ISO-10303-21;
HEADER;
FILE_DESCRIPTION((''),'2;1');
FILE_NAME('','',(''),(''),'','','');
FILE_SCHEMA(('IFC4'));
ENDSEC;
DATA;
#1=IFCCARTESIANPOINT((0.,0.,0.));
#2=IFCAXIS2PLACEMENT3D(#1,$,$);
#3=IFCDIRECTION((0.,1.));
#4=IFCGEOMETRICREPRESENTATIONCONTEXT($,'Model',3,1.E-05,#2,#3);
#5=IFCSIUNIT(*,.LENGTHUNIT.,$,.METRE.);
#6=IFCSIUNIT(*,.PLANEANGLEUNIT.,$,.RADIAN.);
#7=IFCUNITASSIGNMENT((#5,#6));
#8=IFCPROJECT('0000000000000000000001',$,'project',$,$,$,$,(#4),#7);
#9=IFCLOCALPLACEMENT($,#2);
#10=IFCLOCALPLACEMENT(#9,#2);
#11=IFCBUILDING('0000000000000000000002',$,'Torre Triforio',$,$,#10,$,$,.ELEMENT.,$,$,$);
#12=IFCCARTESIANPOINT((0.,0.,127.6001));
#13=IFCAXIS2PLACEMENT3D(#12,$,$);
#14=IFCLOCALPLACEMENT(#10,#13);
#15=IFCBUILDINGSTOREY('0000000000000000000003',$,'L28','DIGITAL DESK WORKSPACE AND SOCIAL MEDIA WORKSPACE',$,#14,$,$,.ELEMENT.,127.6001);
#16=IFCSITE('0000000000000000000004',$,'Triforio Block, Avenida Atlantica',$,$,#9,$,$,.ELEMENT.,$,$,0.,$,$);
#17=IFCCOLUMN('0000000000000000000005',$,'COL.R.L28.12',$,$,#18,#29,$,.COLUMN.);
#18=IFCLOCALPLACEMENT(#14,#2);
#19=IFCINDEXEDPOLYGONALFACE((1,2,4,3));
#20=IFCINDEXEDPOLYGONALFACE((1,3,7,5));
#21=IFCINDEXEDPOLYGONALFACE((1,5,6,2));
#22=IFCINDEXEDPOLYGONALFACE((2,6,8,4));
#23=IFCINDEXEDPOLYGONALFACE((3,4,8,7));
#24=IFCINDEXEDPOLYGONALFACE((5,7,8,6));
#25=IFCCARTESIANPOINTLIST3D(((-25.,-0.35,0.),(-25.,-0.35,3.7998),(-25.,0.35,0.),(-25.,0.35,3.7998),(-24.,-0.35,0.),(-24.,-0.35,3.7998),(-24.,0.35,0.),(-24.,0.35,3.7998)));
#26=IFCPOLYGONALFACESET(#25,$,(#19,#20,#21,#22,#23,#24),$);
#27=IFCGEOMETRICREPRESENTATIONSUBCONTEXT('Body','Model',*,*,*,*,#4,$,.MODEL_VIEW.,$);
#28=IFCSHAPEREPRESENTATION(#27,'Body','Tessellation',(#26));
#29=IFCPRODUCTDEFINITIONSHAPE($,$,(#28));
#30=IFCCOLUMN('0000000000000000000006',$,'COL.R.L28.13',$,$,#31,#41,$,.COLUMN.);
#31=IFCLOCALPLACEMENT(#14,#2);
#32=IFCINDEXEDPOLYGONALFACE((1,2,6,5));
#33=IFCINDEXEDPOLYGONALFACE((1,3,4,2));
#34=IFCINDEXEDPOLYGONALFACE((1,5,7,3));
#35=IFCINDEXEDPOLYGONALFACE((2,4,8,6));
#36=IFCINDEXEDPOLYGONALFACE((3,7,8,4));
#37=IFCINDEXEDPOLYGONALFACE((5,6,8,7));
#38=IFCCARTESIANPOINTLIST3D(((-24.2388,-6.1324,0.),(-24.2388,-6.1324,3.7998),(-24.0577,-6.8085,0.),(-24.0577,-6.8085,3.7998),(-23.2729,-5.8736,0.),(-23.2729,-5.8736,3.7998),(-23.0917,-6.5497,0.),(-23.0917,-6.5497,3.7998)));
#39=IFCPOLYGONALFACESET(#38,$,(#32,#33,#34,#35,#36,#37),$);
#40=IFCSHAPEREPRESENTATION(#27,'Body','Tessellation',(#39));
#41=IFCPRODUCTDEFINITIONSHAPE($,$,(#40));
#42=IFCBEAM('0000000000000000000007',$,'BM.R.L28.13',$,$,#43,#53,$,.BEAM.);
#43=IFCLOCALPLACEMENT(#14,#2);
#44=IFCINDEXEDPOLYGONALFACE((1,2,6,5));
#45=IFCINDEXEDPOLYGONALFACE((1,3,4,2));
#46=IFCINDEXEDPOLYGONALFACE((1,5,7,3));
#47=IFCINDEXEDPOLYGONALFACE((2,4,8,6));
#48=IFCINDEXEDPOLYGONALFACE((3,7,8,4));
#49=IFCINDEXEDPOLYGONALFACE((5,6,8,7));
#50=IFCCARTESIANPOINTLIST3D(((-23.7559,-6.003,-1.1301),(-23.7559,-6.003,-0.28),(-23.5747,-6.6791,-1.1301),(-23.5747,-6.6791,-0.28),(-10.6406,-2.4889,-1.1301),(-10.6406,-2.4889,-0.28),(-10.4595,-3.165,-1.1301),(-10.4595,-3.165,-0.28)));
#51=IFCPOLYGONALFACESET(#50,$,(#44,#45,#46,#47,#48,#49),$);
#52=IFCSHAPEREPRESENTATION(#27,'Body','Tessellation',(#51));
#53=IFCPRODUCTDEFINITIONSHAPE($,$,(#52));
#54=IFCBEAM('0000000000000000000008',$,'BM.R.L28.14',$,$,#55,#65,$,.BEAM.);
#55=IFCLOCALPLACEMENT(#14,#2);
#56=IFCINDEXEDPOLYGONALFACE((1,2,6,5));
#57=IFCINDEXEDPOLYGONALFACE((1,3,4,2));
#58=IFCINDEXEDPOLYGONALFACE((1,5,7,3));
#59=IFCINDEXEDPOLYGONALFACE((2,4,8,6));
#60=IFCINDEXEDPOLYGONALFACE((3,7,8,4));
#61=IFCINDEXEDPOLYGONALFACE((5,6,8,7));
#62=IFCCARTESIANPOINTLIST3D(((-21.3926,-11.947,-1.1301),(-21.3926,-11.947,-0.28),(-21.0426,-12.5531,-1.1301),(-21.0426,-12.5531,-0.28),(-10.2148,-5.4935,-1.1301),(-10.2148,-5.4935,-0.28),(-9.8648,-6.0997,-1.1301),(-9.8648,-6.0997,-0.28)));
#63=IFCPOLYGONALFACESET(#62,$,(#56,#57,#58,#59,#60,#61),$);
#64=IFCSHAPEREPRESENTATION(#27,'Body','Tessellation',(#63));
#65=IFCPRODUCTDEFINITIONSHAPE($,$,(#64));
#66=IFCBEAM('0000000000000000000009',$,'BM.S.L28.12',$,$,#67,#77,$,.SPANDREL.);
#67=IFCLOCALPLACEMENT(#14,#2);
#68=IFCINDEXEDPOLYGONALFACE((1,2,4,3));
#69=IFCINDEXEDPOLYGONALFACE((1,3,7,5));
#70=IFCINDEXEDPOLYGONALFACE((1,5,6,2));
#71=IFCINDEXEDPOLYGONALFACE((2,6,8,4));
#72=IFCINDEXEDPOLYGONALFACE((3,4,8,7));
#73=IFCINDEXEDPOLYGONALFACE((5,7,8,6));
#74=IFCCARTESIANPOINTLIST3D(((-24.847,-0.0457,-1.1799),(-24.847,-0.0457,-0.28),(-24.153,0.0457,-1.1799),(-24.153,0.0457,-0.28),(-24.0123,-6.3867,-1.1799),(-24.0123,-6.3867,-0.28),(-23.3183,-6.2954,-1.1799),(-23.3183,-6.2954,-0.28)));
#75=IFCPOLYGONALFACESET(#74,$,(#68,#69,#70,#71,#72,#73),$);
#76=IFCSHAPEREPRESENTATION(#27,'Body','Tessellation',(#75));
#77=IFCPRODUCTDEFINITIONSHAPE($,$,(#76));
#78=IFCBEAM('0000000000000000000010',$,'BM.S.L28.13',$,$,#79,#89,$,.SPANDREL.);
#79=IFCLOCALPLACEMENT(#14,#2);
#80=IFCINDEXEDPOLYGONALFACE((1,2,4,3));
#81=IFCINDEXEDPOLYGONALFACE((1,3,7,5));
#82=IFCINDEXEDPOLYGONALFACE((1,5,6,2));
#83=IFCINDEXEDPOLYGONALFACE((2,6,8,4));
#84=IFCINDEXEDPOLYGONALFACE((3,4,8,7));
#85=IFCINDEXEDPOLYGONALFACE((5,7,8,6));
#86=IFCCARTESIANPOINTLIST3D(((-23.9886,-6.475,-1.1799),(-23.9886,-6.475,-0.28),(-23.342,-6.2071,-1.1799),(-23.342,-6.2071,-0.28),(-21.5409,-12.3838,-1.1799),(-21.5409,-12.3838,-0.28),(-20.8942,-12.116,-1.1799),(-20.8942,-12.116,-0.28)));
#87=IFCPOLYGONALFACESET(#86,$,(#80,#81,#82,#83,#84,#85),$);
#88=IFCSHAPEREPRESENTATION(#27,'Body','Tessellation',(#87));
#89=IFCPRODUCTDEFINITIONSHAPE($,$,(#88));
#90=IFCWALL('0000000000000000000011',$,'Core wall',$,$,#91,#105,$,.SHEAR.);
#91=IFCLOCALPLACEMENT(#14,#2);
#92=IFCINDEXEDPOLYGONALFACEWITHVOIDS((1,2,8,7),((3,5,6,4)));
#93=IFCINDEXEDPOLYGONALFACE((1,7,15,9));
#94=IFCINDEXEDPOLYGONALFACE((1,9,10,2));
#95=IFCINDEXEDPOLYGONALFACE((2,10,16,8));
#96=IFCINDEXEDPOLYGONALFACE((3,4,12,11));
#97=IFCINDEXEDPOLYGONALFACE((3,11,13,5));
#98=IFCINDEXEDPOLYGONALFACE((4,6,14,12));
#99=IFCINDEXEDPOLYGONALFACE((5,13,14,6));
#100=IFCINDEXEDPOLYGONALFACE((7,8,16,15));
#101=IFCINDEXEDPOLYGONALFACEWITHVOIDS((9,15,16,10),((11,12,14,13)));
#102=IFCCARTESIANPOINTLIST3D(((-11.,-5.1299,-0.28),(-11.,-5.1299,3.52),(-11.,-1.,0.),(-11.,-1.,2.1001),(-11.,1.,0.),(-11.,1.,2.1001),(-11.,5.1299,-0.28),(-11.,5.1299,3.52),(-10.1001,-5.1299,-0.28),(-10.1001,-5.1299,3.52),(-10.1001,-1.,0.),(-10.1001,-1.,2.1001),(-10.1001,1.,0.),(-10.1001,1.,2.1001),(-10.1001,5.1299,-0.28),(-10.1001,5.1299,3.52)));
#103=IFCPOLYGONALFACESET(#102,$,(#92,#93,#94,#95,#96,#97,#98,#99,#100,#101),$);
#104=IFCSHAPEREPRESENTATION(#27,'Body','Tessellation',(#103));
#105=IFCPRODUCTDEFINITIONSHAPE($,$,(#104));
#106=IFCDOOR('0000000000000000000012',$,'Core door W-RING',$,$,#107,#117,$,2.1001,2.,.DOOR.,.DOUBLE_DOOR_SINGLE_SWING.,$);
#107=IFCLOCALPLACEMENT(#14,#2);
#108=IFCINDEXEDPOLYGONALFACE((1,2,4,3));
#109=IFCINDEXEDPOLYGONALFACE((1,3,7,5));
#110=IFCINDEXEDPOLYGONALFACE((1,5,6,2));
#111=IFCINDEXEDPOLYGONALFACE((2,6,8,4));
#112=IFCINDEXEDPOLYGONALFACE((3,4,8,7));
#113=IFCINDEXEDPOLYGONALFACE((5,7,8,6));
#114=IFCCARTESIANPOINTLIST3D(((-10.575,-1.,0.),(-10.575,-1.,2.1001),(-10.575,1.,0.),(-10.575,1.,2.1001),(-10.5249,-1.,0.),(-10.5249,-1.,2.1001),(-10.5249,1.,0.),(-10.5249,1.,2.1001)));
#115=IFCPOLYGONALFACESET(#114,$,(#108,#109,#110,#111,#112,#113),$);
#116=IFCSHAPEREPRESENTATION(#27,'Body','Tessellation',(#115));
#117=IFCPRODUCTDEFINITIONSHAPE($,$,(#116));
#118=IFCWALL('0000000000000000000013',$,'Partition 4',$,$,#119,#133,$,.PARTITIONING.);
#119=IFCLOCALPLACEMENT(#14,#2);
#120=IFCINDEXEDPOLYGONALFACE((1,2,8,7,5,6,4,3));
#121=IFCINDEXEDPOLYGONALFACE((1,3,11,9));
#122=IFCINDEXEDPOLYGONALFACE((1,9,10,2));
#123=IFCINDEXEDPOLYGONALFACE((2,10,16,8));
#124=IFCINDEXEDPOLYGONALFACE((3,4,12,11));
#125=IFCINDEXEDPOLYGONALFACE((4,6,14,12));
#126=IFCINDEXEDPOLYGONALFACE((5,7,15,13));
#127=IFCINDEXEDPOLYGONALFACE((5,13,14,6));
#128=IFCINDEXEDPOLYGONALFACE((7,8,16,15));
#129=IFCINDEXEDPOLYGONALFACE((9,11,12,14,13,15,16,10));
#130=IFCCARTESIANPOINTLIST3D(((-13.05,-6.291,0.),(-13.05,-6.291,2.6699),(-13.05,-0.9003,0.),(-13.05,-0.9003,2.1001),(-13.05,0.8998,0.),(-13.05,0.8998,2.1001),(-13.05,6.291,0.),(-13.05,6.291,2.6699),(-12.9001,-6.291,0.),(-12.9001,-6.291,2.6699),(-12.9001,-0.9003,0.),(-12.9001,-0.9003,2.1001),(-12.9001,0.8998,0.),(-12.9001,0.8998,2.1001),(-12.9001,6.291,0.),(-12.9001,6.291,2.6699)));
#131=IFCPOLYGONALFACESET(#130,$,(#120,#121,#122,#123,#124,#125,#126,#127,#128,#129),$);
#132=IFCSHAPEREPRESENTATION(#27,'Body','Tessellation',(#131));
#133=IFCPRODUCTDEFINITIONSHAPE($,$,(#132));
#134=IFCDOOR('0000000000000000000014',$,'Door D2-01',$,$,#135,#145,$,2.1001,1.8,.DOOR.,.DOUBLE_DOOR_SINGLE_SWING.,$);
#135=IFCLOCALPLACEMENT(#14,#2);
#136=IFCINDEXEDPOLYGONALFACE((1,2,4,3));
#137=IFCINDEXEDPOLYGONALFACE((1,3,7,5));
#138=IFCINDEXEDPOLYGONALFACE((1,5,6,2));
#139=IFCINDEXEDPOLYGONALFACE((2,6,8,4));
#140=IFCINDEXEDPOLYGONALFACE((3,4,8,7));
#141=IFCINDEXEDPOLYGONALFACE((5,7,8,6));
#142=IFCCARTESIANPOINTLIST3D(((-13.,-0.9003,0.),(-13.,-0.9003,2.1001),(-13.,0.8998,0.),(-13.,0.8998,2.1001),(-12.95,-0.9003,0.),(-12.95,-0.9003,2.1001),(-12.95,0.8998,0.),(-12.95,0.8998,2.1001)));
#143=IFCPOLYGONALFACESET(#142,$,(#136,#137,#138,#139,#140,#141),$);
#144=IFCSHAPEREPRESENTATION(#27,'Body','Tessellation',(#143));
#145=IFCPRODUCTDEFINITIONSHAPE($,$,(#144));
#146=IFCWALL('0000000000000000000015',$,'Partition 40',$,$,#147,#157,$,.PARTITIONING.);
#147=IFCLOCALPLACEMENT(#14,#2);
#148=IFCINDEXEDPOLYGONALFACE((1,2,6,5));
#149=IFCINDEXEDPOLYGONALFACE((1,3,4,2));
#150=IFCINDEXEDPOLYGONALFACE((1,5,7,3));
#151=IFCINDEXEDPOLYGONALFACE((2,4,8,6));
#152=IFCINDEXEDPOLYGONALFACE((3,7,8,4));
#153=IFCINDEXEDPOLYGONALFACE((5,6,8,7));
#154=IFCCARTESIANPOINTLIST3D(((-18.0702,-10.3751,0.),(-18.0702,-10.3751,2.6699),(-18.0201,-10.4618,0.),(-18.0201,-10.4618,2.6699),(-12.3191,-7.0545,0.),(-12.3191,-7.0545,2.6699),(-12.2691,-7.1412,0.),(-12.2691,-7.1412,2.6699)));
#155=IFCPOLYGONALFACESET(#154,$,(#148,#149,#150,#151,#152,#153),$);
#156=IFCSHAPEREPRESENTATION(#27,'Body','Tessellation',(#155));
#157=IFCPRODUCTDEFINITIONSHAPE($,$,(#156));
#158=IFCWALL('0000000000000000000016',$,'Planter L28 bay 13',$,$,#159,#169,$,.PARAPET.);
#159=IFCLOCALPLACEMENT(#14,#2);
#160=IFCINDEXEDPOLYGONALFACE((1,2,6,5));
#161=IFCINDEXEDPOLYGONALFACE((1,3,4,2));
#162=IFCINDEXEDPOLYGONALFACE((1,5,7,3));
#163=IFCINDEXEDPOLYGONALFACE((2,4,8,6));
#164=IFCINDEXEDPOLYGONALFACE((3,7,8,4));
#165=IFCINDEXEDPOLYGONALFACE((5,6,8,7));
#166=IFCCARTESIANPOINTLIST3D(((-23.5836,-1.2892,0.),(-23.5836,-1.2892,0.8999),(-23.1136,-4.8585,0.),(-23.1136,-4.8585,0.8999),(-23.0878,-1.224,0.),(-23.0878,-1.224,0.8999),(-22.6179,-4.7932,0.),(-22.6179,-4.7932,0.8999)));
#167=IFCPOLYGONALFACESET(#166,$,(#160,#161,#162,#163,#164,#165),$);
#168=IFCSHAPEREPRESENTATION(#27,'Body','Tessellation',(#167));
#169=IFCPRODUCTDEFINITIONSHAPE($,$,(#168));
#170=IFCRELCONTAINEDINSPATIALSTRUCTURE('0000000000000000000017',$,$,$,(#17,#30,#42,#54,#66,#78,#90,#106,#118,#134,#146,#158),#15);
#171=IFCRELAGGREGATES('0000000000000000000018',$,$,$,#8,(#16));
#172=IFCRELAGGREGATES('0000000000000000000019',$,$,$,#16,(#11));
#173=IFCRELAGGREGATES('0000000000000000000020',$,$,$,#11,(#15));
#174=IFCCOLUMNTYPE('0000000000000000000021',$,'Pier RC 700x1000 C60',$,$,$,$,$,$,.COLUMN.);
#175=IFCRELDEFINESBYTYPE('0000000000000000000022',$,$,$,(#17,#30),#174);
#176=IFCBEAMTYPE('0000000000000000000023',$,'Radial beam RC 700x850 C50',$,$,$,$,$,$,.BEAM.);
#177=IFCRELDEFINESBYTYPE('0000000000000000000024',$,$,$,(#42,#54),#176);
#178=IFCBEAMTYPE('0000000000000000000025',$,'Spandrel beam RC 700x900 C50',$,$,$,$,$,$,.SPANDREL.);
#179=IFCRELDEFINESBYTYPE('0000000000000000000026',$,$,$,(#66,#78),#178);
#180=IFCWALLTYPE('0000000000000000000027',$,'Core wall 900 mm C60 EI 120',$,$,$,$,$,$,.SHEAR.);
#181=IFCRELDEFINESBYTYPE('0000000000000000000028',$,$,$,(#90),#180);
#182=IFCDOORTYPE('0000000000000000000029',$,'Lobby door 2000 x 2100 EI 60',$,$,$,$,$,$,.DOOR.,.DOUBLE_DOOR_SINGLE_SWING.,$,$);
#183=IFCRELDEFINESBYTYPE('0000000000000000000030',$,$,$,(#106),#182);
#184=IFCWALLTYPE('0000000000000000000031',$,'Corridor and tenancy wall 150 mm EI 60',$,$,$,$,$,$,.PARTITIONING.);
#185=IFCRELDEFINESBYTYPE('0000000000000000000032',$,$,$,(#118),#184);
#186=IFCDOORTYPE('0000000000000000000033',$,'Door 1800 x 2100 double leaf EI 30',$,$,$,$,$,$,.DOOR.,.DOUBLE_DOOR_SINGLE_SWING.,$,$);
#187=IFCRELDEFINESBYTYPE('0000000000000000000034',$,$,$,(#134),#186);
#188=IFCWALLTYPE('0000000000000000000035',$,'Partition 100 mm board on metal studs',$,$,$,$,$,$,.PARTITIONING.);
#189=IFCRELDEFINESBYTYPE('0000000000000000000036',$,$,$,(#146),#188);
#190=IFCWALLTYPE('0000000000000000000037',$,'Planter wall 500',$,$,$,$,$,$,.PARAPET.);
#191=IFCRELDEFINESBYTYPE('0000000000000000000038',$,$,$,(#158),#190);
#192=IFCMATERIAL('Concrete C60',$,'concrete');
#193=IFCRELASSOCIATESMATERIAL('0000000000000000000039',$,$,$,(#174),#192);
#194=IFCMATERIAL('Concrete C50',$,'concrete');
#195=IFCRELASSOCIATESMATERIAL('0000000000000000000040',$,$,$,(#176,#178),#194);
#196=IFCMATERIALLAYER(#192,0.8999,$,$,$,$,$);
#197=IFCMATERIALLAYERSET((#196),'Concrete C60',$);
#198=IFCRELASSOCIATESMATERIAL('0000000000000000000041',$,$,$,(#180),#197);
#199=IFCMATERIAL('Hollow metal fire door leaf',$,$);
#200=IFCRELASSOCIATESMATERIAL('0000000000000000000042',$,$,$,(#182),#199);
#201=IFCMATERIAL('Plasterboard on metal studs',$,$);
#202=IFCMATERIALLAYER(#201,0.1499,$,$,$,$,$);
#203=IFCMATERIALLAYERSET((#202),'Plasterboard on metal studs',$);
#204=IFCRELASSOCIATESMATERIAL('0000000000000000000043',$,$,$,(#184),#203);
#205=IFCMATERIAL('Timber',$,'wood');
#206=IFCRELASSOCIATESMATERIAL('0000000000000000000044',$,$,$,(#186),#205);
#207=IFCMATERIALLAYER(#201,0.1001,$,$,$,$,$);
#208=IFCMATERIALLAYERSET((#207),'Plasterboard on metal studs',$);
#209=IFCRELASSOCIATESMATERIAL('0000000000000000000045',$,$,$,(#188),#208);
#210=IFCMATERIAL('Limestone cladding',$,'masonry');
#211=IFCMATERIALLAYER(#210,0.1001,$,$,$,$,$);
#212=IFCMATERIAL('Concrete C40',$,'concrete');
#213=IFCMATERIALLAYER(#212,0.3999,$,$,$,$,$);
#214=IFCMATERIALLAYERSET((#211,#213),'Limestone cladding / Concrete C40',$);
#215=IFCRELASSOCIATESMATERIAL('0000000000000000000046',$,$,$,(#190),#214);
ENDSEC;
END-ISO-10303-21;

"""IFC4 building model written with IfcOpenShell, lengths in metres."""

from ifc_helpers import new_model, si_unit, direction, frame, frame_2d, origin, origin_2d, place, context, subcontext, project, spatial, rectangle, extrude, material, layer, layer_set, material_profile, profile_set, type_object, element, fill, save


model = new_model("IFC4")

# Units and contexts
model_context = context("Model", 3, precision=1e-05, world=origin(), true_north=direction((0.0, 1.0)))
body_context = subcontext(model_context, "Body", "Model", "MODEL_VIEW")
ifc_project = project(units=[si_unit("LENGTHUNIT", "METRE"), si_unit("PLANEANGLEUNIT", "RADIAN")], contexts=[model_context])

# Site, building, storey
site_placement = place(None, origin())
site = spatial("IfcSite", under=ifc_project, at=site_placement, Name="Triforio Block, Avenida Atlantica", CompositionType="ELEMENT", RefElevation=0.0)
building_placement = place(site_placement, origin())
building = spatial("IfcBuilding", under=site, at=building_placement, Name="Torre Triforio", CompositionType="ELEMENT")
storey_placement = place(building_placement, frame((0.0, 0.0, 127.6001)))
storey = spatial("IfcBuildingStorey", under=building, at=storey_placement, Name="L28", Description="DIGITAL DESK WORKSPACE AND SOCIAL MEDIA WORKSPACE", CompositionType="ELEMENT", Elevation=127.6001)

# Columns
ifc_material_1 = material(Name="Concrete C60", Category="concrete")
ifc_material_profile_1 = material_profile(ifc_material_1, rectangle(XDim=0.7, YDim=1.0, at=origin_2d()), Name="RC 700x1000")
ifc_profile_set_1 = profile_set([ifc_material_profile_1], Name="Concrete C60")
column_type = type_object("IfcColumnType", Name="Pier RC 700x1000 C60", PredefinedType="COLUMN", material=ifc_profile_set_1)
for number, where, z_axis, x_axis, name in (
    (1, (-24.5, 0.0, 0.0), (0.0, 0.0, 1.0), (0.0, -1.0, 0.0), "COL.R.L28.12"),
    (2, (-23.6653, -6.3411, 0.0), (0.0, 0.0, 1.0), (0.258819, -0.965926, 0.0), "COL.R.L28.13"),
):
    element("IfcColumn", number, at=place(storey_placement, frame(where, z_axis=z_axis, x_axis=x_axis)), inside=storey, type_object=column_type, Name=name, PredefinedType="COLUMN", context=body_context, shape_type="SweptSolid", body=[
        extrude(rectangle(XDim=0.7, YDim=1.0, at=origin_2d()), origin(), (0.0, 0.0, 1.0), 3.7998),
    ])

# Beams
ifc_material_2 = material(Name="Concrete C50", Category="concrete")
ifc_material_profile_2 = material_profile(ifc_material_2, rectangle(XDim=0.7, YDim=0.8501, at=origin_2d()), Name="RC 700x850")
ifc_profile_set_2 = profile_set([ifc_material_profile_2], Name="Concrete C50")
beam_type_1 = type_object("IfcBeamType", Name="Radial beam RC 700x850 C50", PredefinedType="BEAM", material=ifc_profile_set_2)
beam_1_placement = place(storey_placement, frame((-10.55, -2.8269, -0.7051), z_axis=(-0.965927, -0.258815, 0.0), x_axis=(0.258815, -0.965927, 0.0)))
element("IfcBeam", 3, at=beam_1_placement, inside=storey, type_object=beam_type_1, Name="BM.R.L28.13", PredefinedType="BEAM", context=body_context, shape_type="SweptSolid", body=[
    extrude(rectangle(XDim=0.7, YDim=0.8501, at=origin_2d()), origin(), (0.0, 0.0, 1.0), 13.5779),
])
beam_2_placement = place(storey_placement, frame((-10.0398, -5.7966, -0.7051), z_axis=(-0.866029, -0.499994, 0.0), x_axis=(0.499994, -0.866029, 0.0)))
element("IfcBeam", 4, at=beam_2_placement, inside=storey, type_object=beam_type_1, Name="BM.R.L28.14", PredefinedType="BEAM", context=body_context, shape_type="SweptSolid", body=[
    extrude(rectangle(XDim=0.7, YDim=0.8501, at=origin_2d()), origin(), (0.0, 0.0, 1.0), 12.907),
])
ifc_material_profile_3 = material_profile(ifc_material_2, rectangle(XDim=0.7, YDim=0.8999, at=origin_2d()), Name="RC 700x900")
ifc_profile_set_3 = profile_set([ifc_material_profile_3], Name="Concrete C50")
beam_type_2 = type_object("IfcBeamType", Name="Spandrel beam RC 700x900 C50", PredefinedType="SPANDREL", material=ifc_profile_set_3)
for number, where, z_axis, x_axis, name in (
    (5, (-24.5, 0.0, -0.73), (0.130511, -0.991447, 0.0), (0.991447, 0.130511, 0.0), "BM.S.L28.12"),
    (6, (-23.6653, -6.3411, -0.73), (0.382709, -0.923869, 0.0), (0.923869, 0.382709, 0.0), "BM.S.L28.13"),
):
    element("IfcBeam", number, at=place(storey_placement, frame(where, z_axis=z_axis, x_axis=x_axis)), inside=storey, type_object=beam_type_2, Name=name, PredefinedType="SPANDREL", context=body_context, shape_type="SweptSolid", body=[
        extrude(rectangle(XDim=0.7, YDim=0.8999, at=origin_2d()), origin(), (0.0, 0.0, 1.0), 6.3958),
    ])

# Walls, openings, doors
ifc_layer_1 = layer(ifc_material_1, 0.8999)
ifc_layer_set_1 = layer_set([ifc_layer_1], Name="Concrete C60")
wall_type_1 = type_object("IfcWallType", Name="Core wall 900 mm C60 EI 120", PredefinedType="SHEAR", material=ifc_layer_set_1)
wall_1_placement = place(storey_placement, frame((-10.55, -5.1299, -0.28), z_axis=(0.0, 0.0, 1.0), x_axis=(0.0, 1.0, 0.0)))
wall_1 = element("IfcWall", 7, at=wall_1_placement, inside=storey, type_object=wall_type_1, Name="Core wall", PredefinedType="SHEAR", context=body_context, shape_type="SweptSolid", body=[
    extrude(rectangle(XDim=10.2598, YDim=0.8999, at=frame_2d((5.1299, 0.0))), origin(), (0.0, 0.0, 1.0), 3.8),
])
opening_1_placement = place(wall_1_placement, frame((4.1299, 0.0, 0.28)))
opening_1 = element("IfcOpeningElement", 8, at=opening_1_placement, cuts=wall_1, PredefinedType="OPENING", context=body_context, shape_type="SweptSolid", body=[
    extrude(rectangle(XDim=2.0, YDim=2.1001, at=frame_2d((1.0, 1.05))), frame((0.0, 0.46, 0.0), z_axis=(0.0, -1.0, 0.0), x_axis=(1.0, 0.0, 0.0)), (0.0, 0.0, 1.0), 0.9199),
])
ifc_material_3 = material(Name="Hollow metal fire door leaf")
door_type_1 = type_object("IfcDoorType", Name="Lobby door 2000 x 2100 EI 60", OperationType="DOUBLE_DOOR_SINGLE_SWING", PredefinedType="DOOR", material=ifc_material_3)
door_1_placement = place(opening_1_placement, origin())
door_1 = element("IfcDoor", 9, at=door_1_placement, inside=storey, type_object=door_type_1, Name="Core door W-RING", OperationType="DOUBLE_DOOR_SINGLE_SWING", OverallHeight=2.1001, OverallWidth=2.0, PredefinedType="DOOR", context=body_context, shape_type="SweptSolid", body=[
    extrude(rectangle(XDim=2.0, YDim=2.1001, at=frame_2d((1.0, 1.05))), frame((0.0, 0.0249, 0.0), z_axis=(0.0, -1.0, 0.0), x_axis=(1.0, 0.0, 0.0)), (0.0, 0.0, 1.0), 0.05),
])
fill(opening_1, door_1)
ifc_material_4 = material(Name="Plasterboard on metal studs")
ifc_layer_2 = layer(ifc_material_4, 0.1499)
ifc_layer_set_2 = layer_set([ifc_layer_2], Name="Plasterboard on metal studs")
wall_type_2 = type_object("IfcWallType", Name="Corridor and tenancy wall 150 mm EI 60", PredefinedType="PARTITIONING", material=ifc_layer_set_2)
wall_2_placement = place(storey_placement, frame((-12.9751, -6.291, 0.0), z_axis=(0.0, 0.0, 1.0), x_axis=(0.0, 1.0, 0.0)))
wall_2 = element("IfcWall", 10, at=wall_2_placement, inside=storey, type_object=wall_type_2, Name="Partition 4", PredefinedType="PARTITIONING", context=body_context, shape_type="SweptSolid", body=[
    extrude(rectangle(XDim=12.582, YDim=0.1499, at=frame_2d((6.291, 0.0))), origin(), (0.0, 0.0, 1.0), 2.6699),
])
opening_2_placement = place(wall_2_placement, frame((5.3909, 0.0, 0.0)))
opening_2 = element("IfcOpeningElement", 11, at=opening_2_placement, cuts=wall_2, PredefinedType="OPENING", context=body_context, shape_type="SweptSolid", body=[
    extrude(rectangle(XDim=1.8, YDim=2.1001, at=frame_2d((0.8999, 1.05))), frame((0.0, 0.085, 0.0), z_axis=(0.0, -1.0, 0.0), x_axis=(1.0, 0.0, 0.0)), (0.0, 0.0, 1.0), 0.1699),
])
ifc_material_5 = material(Name="Timber", Category="wood")
door_type_2 = type_object("IfcDoorType", Name="Door 1800 x 2100 double leaf EI 30", OperationType="DOUBLE_DOOR_SINGLE_SWING", PredefinedType="DOOR", material=ifc_material_5)
door_2_placement = place(opening_2_placement, origin())
door_2 = element("IfcDoor", 12, at=door_2_placement, inside=storey, type_object=door_type_2, Name="Door D2-01", OperationType="DOUBLE_DOOR_SINGLE_SWING", OverallHeight=2.1001, OverallWidth=1.8, PredefinedType="DOOR", context=body_context, shape_type="SweptSolid", body=[
    extrude(rectangle(XDim=1.8, YDim=2.1001, at=frame_2d((0.8999, 1.05))), frame((0.0, 0.0249, 0.0), z_axis=(0.0, -1.0, 0.0), x_axis=(1.0, 0.0, 0.0)), (0.0, 0.0, 1.0), 0.05),
])
fill(opening_2, door_2)

# Walls
ifc_layer_3 = layer(ifc_material_4, 0.1001)
ifc_layer_set_3 = layer_set([ifc_layer_3], Name="Plasterboard on metal studs")
wall_type_3 = type_object("IfcWallType", Name="Partition 100 mm board on metal studs", PredefinedType="PARTITIONING", material=ifc_layer_set_3)
wall_3_placement = place(storey_placement, frame((-12.2942, -7.0979, 0.0), z_axis=(0.0, 0.0, 1.0), x_axis=(-0.86601, -0.500026, 0.0)))
element("IfcWall", 13, at=wall_3_placement, inside=storey, type_object=wall_type_3, Name="Partition 40", PredefinedType="PARTITIONING", context=body_context, shape_type="SweptSolid", body=[
    extrude(rectangle(XDim=6.6409, YDim=0.1001, at=frame_2d((3.3203, 0.0))), origin(), (0.0, 0.0, 1.0), 2.6699),
])
ifc_material_6 = material(Name="Limestone cladding", Category="masonry")
ifc_layer_4 = layer(ifc_material_6, 0.1001)
ifc_material_7 = material(Name="Concrete C40", Category="concrete")
ifc_layer_5 = layer(ifc_material_7, 0.3999)
ifc_layer_set_4 = layer_set([ifc_layer_4, ifc_layer_5], Name="Limestone cladding / Concrete C40")
wall_type_4 = type_object("IfcWallType", Name="Planter wall 500", PredefinedType="PARAPET", material=ifc_layer_set_4)
wall_4_placement = place(storey_placement, frame((-23.3357, -1.2566, 0.0), z_axis=(0.0, 0.0, 1.0), x_axis=(0.130542, -0.991443, 0.0)))
element("IfcWall", 14, at=wall_4_placement, inside=storey, type_object=wall_type_4, Name="Planter L28 bay 13", PredefinedType="PARAPET", context=body_context, shape_type="SweptSolid", body=[
    extrude(rectangle(XDim=3.6001, YDim=0.5, at=frame_2d((1.8, 0.0))), origin(), (0.0, 0.0, 1.0), 0.8999),
])

save(model, "model.ifc")
